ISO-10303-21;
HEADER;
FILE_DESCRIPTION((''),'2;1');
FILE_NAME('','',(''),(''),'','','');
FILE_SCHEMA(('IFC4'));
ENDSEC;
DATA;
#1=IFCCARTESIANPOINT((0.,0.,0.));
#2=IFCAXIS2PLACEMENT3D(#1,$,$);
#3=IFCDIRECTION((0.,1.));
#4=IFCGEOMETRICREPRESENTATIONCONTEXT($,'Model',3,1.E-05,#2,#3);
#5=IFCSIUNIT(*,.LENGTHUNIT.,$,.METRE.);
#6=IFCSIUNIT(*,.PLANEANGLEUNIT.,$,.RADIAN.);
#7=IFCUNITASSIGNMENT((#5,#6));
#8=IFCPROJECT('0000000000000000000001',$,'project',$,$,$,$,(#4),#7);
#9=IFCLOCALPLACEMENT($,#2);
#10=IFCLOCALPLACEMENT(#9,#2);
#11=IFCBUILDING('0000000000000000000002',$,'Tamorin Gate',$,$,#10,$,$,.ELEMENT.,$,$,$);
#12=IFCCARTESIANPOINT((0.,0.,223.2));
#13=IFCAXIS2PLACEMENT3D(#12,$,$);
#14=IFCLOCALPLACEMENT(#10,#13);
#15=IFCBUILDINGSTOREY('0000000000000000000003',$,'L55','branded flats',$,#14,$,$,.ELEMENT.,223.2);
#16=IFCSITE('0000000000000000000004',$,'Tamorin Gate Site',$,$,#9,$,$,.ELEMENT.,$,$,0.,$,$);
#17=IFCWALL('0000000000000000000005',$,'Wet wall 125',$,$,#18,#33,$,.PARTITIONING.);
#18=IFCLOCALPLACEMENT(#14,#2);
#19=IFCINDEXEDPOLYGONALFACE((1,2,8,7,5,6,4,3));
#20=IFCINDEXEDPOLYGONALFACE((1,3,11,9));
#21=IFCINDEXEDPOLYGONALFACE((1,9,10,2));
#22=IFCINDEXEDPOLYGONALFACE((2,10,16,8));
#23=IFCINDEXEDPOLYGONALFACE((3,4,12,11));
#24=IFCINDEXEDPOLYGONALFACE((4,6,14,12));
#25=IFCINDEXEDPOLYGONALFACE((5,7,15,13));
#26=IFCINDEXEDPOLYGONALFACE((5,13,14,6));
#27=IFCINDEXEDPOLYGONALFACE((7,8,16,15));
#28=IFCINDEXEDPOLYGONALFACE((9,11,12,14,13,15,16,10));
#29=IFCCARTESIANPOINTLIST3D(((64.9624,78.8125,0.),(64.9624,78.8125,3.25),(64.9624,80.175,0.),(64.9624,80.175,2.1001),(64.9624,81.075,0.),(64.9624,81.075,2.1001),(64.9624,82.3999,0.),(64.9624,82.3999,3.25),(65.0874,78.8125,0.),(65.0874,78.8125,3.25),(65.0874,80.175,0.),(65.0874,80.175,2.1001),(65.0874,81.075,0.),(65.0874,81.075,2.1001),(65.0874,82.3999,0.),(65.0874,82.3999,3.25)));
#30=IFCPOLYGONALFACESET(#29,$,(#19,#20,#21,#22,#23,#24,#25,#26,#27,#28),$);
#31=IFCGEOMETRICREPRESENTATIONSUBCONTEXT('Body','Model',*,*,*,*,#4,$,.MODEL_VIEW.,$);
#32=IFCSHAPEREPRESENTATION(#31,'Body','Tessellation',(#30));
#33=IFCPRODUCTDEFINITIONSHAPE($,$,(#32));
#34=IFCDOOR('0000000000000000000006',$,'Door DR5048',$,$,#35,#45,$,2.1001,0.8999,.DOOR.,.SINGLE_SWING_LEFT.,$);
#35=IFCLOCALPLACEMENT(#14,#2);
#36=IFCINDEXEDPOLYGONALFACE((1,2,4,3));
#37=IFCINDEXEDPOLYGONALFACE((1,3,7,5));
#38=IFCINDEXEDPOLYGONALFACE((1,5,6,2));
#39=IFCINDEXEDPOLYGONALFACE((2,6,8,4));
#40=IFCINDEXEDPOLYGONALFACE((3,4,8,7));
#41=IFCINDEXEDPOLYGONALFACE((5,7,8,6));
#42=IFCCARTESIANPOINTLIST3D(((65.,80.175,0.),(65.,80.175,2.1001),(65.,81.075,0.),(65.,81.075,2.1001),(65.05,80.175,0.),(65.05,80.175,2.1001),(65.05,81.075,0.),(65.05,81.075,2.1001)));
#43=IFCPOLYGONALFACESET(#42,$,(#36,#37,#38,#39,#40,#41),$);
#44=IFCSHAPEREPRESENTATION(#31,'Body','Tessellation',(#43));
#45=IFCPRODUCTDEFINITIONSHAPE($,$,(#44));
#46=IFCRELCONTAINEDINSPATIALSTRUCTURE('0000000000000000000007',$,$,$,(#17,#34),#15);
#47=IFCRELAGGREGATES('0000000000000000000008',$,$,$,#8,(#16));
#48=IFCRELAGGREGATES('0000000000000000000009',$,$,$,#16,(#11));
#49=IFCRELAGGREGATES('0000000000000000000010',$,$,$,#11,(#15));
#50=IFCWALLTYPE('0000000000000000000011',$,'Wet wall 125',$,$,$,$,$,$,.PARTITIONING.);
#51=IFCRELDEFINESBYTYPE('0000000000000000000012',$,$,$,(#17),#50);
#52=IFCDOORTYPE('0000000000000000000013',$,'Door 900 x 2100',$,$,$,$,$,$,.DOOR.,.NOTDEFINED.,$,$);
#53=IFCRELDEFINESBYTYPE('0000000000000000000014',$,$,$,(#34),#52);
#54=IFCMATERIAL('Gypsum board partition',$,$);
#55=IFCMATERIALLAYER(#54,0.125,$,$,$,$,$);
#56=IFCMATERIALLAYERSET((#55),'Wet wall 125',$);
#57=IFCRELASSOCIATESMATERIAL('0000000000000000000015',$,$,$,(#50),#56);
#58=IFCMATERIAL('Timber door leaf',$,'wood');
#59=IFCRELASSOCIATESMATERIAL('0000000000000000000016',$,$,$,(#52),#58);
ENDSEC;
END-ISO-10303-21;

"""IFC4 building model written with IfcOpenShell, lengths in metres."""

from ifc_helpers import new_model, si_unit, direction, frame, frame_2d, origin, place, context, subcontext, project, spatial, rectangle, extrude, material, layer, layer_set, type_object, element, fill, save


model = new_model("IFC4")

# Units and contexts
model_context = context("Model", 3, precision=1e-05, world=origin(), true_north=direction((0.0, 1.0)))
body_context = subcontext(model_context, "Body", "Model", "MODEL_VIEW")
ifc_project = project(units=[si_unit("LENGTHUNIT", "METRE"), si_unit("PLANEANGLEUNIT", "RADIAN")], contexts=[model_context])

# Site, building, storey
site_placement = place(None, origin())
site = spatial("IfcSite", under=ifc_project, at=site_placement, Name="Tamorin Gate Site", CompositionType="ELEMENT", RefElevation=0.0)
building_placement = place(site_placement, origin())
building = spatial("IfcBuilding", under=site, at=building_placement, Name="Tamorin Gate", CompositionType="ELEMENT")
storey_placement = place(building_placement, frame((0.0, 0.0, 223.2)))
storey = spatial("IfcBuildingStorey", under=building, at=storey_placement, Name="L55", Description="branded flats", CompositionType="ELEMENT", Elevation=223.2)

# Shared definitions
ifc_material_1 = material(Name="Gypsum board partition")

# Shared definitions
ifc_layer_1 = layer(ifc_material_1, 0.125)
ifc_layer_set_1 = layer_set([ifc_layer_1], Name="Wet wall 125")
wall_type_1 = type_object("IfcWallType", Name="Wet wall 125", PredefinedType="PARTITIONING", material=ifc_layer_set_1)
ifc_material_2 = material(Name="Timber door leaf", Category="wood")
door_type_1 = type_object("IfcDoorType", Name="Door 900 x 2100", OperationType="NOTDEFINED", PredefinedType="DOOR", material=ifc_material_2)

# Wall, opening, door
wall_1_placement = place(storey_placement, frame((65.0249, 78.8125, 0.0), z_axis=(0.0, 0.0, 1.0), x_axis=(0.0, 1.0, 0.0)))
wall_1 = element("IfcWall", 1, at=wall_1_placement, inside=storey, type_object=wall_type_1, Name="Wet wall 125", PredefinedType="PARTITIONING", context=body_context, shape_type="SweptSolid", body=[
    extrude(rectangle(XDim=3.5874, YDim=0.125, at=frame_2d((1.7937, 0.0))), origin(), (0.0, 0.0, 1.0), 3.25),
])
opening_1_placement = place(wall_1_placement, frame((1.3625, 0.0, 0.0)))
opening_1 = element("IfcOpeningElement", 2, at=opening_1_placement, cuts=wall_1, PredefinedType="OPENING", context=body_context, shape_type="SweptSolid", body=[
    extrude(rectangle(XDim=0.8999, YDim=2.1001, at=frame_2d((0.45, 1.05))), frame((0.0, 0.0725, 0.0), z_axis=(0.0, -1.0, 0.0), x_axis=(1.0, 0.0, 0.0)), (0.0, 0.0, 1.0), 0.145),
])
door_1_placement = place(opening_1_placement, origin())
door_1 = element("IfcDoor", 3, at=door_1_placement, inside=storey, type_object=door_type_1, Name="Door DR5048", OperationType="SINGLE_SWING_LEFT", OverallHeight=2.1001, OverallWidth=0.8999, PredefinedType="DOOR", context=body_context, shape_type="SweptSolid", body=[
    extrude(rectangle(XDim=0.8999, YDim=2.1001, at=frame_2d((0.45, 1.05))), frame((0.0, 0.0249, 0.0), z_axis=(0.0, -1.0, 0.0), x_axis=(1.0, 0.0, 0.0)), (0.0, 0.0, 1.0), 0.05),
])
fill(opening_1, door_1)

save(model, "model.ifc")
